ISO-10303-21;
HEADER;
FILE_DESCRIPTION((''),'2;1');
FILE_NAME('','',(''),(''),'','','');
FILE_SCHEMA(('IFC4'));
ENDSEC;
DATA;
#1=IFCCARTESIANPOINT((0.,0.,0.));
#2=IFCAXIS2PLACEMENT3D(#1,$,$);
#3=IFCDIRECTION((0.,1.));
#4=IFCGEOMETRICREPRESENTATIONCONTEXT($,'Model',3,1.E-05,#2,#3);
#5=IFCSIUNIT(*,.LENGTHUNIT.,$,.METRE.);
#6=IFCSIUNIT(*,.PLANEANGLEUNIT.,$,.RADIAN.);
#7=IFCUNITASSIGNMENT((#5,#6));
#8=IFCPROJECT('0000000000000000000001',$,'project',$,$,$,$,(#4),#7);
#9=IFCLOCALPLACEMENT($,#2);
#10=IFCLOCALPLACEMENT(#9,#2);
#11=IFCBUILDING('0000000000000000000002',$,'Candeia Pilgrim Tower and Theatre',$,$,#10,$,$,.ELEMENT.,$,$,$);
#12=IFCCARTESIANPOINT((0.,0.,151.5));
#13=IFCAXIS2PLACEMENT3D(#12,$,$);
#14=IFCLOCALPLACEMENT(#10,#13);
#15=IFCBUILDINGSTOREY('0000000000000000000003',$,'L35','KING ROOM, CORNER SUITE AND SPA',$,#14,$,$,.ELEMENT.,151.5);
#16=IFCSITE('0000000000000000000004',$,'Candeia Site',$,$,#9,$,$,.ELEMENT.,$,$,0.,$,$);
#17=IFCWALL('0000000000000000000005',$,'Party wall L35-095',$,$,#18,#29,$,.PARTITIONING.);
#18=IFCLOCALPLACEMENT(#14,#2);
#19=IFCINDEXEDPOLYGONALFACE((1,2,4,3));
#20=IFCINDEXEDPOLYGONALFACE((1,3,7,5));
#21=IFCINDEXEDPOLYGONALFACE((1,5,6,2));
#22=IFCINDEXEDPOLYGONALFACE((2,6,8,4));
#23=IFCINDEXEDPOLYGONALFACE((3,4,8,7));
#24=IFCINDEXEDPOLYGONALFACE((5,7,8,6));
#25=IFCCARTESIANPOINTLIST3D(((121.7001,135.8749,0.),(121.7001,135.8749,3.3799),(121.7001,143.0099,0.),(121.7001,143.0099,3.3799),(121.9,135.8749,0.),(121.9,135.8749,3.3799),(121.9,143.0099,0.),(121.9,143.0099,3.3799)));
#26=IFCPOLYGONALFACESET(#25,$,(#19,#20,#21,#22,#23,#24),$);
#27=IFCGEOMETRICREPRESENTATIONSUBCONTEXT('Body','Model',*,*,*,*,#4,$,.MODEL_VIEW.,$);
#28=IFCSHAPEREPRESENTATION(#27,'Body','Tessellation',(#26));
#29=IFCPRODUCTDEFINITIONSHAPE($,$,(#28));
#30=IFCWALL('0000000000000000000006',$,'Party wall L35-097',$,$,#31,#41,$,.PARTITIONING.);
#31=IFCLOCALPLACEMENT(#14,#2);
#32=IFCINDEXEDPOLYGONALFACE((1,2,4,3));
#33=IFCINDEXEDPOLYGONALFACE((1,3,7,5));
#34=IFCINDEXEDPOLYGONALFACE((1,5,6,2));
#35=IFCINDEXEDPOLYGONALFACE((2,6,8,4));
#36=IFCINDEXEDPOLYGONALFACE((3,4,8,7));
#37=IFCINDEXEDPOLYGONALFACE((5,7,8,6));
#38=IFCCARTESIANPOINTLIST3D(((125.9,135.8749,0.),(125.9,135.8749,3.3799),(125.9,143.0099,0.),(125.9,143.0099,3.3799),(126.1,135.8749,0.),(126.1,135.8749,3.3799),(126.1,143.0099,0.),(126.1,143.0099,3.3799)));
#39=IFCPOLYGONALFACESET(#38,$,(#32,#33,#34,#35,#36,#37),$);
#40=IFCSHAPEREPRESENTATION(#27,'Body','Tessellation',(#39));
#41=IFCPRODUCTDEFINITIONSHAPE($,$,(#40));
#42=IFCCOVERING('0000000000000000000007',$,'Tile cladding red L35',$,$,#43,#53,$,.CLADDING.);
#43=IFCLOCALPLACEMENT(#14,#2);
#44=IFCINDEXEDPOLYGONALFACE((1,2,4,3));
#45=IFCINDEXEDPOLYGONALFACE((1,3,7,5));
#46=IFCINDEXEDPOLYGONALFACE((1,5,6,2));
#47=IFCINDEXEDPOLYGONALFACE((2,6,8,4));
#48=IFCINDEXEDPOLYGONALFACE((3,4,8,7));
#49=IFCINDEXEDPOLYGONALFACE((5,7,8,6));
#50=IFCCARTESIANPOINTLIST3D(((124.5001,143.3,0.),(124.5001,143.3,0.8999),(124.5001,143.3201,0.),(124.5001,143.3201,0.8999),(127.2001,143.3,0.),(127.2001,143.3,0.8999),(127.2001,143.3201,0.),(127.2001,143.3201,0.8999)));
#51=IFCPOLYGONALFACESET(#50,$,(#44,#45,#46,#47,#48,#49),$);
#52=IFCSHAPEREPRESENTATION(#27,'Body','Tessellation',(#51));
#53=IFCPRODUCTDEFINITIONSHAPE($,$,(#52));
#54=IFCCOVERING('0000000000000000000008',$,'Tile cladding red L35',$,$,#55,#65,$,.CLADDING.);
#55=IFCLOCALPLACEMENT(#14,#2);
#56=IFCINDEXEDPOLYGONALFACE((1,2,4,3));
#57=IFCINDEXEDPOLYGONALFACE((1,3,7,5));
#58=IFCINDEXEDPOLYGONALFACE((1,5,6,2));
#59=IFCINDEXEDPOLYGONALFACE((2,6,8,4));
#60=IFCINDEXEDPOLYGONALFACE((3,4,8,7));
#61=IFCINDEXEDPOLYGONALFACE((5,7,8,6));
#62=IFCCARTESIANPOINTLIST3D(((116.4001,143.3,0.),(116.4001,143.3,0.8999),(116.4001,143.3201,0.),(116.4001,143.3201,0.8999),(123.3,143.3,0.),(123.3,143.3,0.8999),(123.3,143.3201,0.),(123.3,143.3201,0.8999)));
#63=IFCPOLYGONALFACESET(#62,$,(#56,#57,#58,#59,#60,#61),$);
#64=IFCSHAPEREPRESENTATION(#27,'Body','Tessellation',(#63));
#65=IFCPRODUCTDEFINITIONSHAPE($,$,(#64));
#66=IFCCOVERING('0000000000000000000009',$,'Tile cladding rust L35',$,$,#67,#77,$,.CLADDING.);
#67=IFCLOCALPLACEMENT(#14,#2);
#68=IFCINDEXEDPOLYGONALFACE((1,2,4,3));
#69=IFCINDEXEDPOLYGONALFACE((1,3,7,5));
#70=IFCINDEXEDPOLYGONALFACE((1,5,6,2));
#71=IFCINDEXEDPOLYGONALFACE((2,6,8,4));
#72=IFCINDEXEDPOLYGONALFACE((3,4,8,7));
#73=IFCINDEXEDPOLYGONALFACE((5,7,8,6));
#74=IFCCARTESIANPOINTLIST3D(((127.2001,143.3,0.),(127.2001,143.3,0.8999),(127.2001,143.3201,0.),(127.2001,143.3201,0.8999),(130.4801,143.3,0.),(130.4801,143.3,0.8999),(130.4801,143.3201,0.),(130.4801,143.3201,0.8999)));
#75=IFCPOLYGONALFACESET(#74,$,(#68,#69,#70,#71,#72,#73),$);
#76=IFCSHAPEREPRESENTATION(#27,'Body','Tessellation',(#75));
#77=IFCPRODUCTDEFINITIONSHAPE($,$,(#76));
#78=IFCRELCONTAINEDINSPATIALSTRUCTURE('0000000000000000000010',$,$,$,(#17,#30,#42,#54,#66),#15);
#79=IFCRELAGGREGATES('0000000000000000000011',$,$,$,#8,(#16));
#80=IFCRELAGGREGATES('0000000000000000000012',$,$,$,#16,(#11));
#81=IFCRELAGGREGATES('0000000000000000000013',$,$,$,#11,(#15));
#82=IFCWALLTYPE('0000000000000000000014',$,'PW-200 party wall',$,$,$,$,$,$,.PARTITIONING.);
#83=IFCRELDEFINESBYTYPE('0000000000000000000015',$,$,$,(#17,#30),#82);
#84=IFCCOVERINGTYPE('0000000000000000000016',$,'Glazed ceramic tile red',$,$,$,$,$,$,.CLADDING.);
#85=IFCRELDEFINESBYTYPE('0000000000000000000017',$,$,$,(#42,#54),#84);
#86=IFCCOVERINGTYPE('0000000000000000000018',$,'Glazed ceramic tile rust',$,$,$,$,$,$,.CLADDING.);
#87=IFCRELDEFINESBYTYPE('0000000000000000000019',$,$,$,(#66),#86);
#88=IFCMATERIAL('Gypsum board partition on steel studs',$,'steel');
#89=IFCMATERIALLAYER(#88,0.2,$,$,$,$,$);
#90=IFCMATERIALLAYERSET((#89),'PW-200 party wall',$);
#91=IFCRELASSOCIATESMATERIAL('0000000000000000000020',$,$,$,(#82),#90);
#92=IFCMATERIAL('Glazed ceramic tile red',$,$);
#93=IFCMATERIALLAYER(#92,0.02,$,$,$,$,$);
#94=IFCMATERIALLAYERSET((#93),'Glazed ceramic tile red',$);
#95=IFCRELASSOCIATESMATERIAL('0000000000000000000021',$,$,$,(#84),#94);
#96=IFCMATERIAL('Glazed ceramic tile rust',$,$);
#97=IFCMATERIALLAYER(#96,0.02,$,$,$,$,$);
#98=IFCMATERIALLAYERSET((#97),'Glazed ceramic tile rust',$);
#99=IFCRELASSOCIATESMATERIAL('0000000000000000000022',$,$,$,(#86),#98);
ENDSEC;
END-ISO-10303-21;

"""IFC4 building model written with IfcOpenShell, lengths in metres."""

from ifc_helpers import new_model, si_unit, direction, frame, frame_2d, origin, origin_2d, place, context, subcontext, project, spatial, rectangle, extrude, material, layer, layer_set, type_object, element, save


model = new_model("IFC4")

# Units and contexts
model_context = context("Model", 3, precision=1e-05, world=origin(), true_north=direction((0.0, 1.0)))
body_context = subcontext(model_context, "Body", "Model", "MODEL_VIEW")
ifc_project = project(units=[si_unit("LENGTHUNIT", "METRE"), si_unit("PLANEANGLEUNIT", "RADIAN")], contexts=[model_context])

# Site, building, storey
site_placement = place(None, origin())
site = spatial("IfcSite", under=ifc_project, at=site_placement, Name="Candeia Site", CompositionType="ELEMENT", RefElevation=0.0)
building_placement = place(site_placement, origin())
building = spatial("IfcBuilding", under=site, at=building_placement, Name="Candeia Pilgrim Tower and Theatre", CompositionType="ELEMENT")
storey_placement = place(building_placement, frame((0.0, 0.0, 151.5)))
storey = spatial("IfcBuildingStorey", under=building, at=storey_placement, Name="L35", Description="KING ROOM, CORNER SUITE AND SPA", CompositionType="ELEMENT", Elevation=151.5)

# Shared definitions
ifc_material_1 = material(Name="Gypsum board partition on steel studs", Category="steel")

# Walls
ifc_layer_1 = layer(ifc_material_1, 0.2)
ifc_layer_set_1 = layer_set([ifc_layer_1], Name="PW-200 party wall")
wall_type_1 = type_object("IfcWallType", Name="PW-200 party wall", PredefinedType="PARTITIONING", material=ifc_layer_set_1)
for number, where, z_axis, x_axis, name in (
    (1, (121.8, 135.875, 0.0), (0.0, 0.0, 1.0), (0.0, 1.0, 0.0), "Party wall L35-095"),
    (2, (126.0, 135.875, 0.0), (0.0, 0.0, 1.0), (0.0, 1.0, 0.0), "Party wall L35-097"),
):
    element("IfcWall", number, at=place(storey_placement, frame(where, z_axis=z_axis, x_axis=x_axis)), inside=storey, type_object=wall_type_1, Name=name, PredefinedType="PARTITIONING", context=body_context, shape_type="SweptSolid", body=[
        extrude(rectangle(XDim=7.135, YDim=0.2, at=frame_2d((3.5674, 0.0))), origin(), (0.0, 0.0, 1.0), 3.3799),
    ])

# Coverings
ifc_material_2 = material(Name="Glazed ceramic tile red")
ifc_layer_2 = layer(ifc_material_2, 0.02)
ifc_layer_set_2 = layer_set([ifc_layer_2], Name="Glazed ceramic tile red")
covering_type_1 = type_object("IfcCoveringType", Name="Glazed ceramic tile red", PredefinedType="CLADDING", material=ifc_layer_set_2)
covering_1_placement = place(storey_placement, frame((125.8501, 143.3101, 0.0), z_axis=(0.0, 0.0, 1.0), x_axis=(-1.0, 0.0, 0.0)))
element("IfcCovering", 3, at=covering_1_placement, inside=storey, type_object=covering_type_1, Name="Tile cladding red L35", PredefinedType="CLADDING", context=body_context, shape_type="SweptSolid", body=[
    extrude(rectangle(XDim=2.7, YDim=0.02, at=origin_2d()), origin(), (0.0, 0.0, 1.0), 0.8999),
])
covering_2_placement = place(storey_placement, frame((119.8501, 143.3101, 0.0), z_axis=(0.0, 0.0, 1.0), x_axis=(-1.0, 0.0, 0.0)))
element("IfcCovering", 4, at=covering_2_placement, inside=storey, type_object=covering_type_1, Name="Tile cladding red L35", PredefinedType="CLADDING", context=body_context, shape_type="SweptSolid", body=[
    extrude(rectangle(XDim=6.8999, YDim=0.02, at=origin_2d()), origin(), (0.0, 0.0, 1.0), 0.8999),
])
ifc_material_3 = material(Name="Glazed ceramic tile rust")
ifc_layer_3 = layer(ifc_material_3, 0.02)
ifc_layer_set_3 = layer_set([ifc_layer_3], Name="Glazed ceramic tile rust")
covering_type_2 = type_object("IfcCoveringType", Name="Glazed ceramic tile rust", PredefinedType="CLADDING", material=ifc_layer_set_3)
covering_3_placement = place(storey_placement, frame((128.8401, 143.3101, 0.0), z_axis=(0.0, 0.0, 1.0), x_axis=(-1.0, 0.0, 0.0)))
element("IfcCovering", 5, at=covering_3_placement, inside=storey, type_object=covering_type_2, Name="Tile cladding rust L35", PredefinedType="CLADDING", context=body_context, shape_type="SweptSolid", body=[
    extrude(rectangle(XDim=3.28, YDim=0.02, at=origin_2d()), origin(), (0.0, 0.0, 1.0), 0.8999),
])

save(model, "model.ifc")
